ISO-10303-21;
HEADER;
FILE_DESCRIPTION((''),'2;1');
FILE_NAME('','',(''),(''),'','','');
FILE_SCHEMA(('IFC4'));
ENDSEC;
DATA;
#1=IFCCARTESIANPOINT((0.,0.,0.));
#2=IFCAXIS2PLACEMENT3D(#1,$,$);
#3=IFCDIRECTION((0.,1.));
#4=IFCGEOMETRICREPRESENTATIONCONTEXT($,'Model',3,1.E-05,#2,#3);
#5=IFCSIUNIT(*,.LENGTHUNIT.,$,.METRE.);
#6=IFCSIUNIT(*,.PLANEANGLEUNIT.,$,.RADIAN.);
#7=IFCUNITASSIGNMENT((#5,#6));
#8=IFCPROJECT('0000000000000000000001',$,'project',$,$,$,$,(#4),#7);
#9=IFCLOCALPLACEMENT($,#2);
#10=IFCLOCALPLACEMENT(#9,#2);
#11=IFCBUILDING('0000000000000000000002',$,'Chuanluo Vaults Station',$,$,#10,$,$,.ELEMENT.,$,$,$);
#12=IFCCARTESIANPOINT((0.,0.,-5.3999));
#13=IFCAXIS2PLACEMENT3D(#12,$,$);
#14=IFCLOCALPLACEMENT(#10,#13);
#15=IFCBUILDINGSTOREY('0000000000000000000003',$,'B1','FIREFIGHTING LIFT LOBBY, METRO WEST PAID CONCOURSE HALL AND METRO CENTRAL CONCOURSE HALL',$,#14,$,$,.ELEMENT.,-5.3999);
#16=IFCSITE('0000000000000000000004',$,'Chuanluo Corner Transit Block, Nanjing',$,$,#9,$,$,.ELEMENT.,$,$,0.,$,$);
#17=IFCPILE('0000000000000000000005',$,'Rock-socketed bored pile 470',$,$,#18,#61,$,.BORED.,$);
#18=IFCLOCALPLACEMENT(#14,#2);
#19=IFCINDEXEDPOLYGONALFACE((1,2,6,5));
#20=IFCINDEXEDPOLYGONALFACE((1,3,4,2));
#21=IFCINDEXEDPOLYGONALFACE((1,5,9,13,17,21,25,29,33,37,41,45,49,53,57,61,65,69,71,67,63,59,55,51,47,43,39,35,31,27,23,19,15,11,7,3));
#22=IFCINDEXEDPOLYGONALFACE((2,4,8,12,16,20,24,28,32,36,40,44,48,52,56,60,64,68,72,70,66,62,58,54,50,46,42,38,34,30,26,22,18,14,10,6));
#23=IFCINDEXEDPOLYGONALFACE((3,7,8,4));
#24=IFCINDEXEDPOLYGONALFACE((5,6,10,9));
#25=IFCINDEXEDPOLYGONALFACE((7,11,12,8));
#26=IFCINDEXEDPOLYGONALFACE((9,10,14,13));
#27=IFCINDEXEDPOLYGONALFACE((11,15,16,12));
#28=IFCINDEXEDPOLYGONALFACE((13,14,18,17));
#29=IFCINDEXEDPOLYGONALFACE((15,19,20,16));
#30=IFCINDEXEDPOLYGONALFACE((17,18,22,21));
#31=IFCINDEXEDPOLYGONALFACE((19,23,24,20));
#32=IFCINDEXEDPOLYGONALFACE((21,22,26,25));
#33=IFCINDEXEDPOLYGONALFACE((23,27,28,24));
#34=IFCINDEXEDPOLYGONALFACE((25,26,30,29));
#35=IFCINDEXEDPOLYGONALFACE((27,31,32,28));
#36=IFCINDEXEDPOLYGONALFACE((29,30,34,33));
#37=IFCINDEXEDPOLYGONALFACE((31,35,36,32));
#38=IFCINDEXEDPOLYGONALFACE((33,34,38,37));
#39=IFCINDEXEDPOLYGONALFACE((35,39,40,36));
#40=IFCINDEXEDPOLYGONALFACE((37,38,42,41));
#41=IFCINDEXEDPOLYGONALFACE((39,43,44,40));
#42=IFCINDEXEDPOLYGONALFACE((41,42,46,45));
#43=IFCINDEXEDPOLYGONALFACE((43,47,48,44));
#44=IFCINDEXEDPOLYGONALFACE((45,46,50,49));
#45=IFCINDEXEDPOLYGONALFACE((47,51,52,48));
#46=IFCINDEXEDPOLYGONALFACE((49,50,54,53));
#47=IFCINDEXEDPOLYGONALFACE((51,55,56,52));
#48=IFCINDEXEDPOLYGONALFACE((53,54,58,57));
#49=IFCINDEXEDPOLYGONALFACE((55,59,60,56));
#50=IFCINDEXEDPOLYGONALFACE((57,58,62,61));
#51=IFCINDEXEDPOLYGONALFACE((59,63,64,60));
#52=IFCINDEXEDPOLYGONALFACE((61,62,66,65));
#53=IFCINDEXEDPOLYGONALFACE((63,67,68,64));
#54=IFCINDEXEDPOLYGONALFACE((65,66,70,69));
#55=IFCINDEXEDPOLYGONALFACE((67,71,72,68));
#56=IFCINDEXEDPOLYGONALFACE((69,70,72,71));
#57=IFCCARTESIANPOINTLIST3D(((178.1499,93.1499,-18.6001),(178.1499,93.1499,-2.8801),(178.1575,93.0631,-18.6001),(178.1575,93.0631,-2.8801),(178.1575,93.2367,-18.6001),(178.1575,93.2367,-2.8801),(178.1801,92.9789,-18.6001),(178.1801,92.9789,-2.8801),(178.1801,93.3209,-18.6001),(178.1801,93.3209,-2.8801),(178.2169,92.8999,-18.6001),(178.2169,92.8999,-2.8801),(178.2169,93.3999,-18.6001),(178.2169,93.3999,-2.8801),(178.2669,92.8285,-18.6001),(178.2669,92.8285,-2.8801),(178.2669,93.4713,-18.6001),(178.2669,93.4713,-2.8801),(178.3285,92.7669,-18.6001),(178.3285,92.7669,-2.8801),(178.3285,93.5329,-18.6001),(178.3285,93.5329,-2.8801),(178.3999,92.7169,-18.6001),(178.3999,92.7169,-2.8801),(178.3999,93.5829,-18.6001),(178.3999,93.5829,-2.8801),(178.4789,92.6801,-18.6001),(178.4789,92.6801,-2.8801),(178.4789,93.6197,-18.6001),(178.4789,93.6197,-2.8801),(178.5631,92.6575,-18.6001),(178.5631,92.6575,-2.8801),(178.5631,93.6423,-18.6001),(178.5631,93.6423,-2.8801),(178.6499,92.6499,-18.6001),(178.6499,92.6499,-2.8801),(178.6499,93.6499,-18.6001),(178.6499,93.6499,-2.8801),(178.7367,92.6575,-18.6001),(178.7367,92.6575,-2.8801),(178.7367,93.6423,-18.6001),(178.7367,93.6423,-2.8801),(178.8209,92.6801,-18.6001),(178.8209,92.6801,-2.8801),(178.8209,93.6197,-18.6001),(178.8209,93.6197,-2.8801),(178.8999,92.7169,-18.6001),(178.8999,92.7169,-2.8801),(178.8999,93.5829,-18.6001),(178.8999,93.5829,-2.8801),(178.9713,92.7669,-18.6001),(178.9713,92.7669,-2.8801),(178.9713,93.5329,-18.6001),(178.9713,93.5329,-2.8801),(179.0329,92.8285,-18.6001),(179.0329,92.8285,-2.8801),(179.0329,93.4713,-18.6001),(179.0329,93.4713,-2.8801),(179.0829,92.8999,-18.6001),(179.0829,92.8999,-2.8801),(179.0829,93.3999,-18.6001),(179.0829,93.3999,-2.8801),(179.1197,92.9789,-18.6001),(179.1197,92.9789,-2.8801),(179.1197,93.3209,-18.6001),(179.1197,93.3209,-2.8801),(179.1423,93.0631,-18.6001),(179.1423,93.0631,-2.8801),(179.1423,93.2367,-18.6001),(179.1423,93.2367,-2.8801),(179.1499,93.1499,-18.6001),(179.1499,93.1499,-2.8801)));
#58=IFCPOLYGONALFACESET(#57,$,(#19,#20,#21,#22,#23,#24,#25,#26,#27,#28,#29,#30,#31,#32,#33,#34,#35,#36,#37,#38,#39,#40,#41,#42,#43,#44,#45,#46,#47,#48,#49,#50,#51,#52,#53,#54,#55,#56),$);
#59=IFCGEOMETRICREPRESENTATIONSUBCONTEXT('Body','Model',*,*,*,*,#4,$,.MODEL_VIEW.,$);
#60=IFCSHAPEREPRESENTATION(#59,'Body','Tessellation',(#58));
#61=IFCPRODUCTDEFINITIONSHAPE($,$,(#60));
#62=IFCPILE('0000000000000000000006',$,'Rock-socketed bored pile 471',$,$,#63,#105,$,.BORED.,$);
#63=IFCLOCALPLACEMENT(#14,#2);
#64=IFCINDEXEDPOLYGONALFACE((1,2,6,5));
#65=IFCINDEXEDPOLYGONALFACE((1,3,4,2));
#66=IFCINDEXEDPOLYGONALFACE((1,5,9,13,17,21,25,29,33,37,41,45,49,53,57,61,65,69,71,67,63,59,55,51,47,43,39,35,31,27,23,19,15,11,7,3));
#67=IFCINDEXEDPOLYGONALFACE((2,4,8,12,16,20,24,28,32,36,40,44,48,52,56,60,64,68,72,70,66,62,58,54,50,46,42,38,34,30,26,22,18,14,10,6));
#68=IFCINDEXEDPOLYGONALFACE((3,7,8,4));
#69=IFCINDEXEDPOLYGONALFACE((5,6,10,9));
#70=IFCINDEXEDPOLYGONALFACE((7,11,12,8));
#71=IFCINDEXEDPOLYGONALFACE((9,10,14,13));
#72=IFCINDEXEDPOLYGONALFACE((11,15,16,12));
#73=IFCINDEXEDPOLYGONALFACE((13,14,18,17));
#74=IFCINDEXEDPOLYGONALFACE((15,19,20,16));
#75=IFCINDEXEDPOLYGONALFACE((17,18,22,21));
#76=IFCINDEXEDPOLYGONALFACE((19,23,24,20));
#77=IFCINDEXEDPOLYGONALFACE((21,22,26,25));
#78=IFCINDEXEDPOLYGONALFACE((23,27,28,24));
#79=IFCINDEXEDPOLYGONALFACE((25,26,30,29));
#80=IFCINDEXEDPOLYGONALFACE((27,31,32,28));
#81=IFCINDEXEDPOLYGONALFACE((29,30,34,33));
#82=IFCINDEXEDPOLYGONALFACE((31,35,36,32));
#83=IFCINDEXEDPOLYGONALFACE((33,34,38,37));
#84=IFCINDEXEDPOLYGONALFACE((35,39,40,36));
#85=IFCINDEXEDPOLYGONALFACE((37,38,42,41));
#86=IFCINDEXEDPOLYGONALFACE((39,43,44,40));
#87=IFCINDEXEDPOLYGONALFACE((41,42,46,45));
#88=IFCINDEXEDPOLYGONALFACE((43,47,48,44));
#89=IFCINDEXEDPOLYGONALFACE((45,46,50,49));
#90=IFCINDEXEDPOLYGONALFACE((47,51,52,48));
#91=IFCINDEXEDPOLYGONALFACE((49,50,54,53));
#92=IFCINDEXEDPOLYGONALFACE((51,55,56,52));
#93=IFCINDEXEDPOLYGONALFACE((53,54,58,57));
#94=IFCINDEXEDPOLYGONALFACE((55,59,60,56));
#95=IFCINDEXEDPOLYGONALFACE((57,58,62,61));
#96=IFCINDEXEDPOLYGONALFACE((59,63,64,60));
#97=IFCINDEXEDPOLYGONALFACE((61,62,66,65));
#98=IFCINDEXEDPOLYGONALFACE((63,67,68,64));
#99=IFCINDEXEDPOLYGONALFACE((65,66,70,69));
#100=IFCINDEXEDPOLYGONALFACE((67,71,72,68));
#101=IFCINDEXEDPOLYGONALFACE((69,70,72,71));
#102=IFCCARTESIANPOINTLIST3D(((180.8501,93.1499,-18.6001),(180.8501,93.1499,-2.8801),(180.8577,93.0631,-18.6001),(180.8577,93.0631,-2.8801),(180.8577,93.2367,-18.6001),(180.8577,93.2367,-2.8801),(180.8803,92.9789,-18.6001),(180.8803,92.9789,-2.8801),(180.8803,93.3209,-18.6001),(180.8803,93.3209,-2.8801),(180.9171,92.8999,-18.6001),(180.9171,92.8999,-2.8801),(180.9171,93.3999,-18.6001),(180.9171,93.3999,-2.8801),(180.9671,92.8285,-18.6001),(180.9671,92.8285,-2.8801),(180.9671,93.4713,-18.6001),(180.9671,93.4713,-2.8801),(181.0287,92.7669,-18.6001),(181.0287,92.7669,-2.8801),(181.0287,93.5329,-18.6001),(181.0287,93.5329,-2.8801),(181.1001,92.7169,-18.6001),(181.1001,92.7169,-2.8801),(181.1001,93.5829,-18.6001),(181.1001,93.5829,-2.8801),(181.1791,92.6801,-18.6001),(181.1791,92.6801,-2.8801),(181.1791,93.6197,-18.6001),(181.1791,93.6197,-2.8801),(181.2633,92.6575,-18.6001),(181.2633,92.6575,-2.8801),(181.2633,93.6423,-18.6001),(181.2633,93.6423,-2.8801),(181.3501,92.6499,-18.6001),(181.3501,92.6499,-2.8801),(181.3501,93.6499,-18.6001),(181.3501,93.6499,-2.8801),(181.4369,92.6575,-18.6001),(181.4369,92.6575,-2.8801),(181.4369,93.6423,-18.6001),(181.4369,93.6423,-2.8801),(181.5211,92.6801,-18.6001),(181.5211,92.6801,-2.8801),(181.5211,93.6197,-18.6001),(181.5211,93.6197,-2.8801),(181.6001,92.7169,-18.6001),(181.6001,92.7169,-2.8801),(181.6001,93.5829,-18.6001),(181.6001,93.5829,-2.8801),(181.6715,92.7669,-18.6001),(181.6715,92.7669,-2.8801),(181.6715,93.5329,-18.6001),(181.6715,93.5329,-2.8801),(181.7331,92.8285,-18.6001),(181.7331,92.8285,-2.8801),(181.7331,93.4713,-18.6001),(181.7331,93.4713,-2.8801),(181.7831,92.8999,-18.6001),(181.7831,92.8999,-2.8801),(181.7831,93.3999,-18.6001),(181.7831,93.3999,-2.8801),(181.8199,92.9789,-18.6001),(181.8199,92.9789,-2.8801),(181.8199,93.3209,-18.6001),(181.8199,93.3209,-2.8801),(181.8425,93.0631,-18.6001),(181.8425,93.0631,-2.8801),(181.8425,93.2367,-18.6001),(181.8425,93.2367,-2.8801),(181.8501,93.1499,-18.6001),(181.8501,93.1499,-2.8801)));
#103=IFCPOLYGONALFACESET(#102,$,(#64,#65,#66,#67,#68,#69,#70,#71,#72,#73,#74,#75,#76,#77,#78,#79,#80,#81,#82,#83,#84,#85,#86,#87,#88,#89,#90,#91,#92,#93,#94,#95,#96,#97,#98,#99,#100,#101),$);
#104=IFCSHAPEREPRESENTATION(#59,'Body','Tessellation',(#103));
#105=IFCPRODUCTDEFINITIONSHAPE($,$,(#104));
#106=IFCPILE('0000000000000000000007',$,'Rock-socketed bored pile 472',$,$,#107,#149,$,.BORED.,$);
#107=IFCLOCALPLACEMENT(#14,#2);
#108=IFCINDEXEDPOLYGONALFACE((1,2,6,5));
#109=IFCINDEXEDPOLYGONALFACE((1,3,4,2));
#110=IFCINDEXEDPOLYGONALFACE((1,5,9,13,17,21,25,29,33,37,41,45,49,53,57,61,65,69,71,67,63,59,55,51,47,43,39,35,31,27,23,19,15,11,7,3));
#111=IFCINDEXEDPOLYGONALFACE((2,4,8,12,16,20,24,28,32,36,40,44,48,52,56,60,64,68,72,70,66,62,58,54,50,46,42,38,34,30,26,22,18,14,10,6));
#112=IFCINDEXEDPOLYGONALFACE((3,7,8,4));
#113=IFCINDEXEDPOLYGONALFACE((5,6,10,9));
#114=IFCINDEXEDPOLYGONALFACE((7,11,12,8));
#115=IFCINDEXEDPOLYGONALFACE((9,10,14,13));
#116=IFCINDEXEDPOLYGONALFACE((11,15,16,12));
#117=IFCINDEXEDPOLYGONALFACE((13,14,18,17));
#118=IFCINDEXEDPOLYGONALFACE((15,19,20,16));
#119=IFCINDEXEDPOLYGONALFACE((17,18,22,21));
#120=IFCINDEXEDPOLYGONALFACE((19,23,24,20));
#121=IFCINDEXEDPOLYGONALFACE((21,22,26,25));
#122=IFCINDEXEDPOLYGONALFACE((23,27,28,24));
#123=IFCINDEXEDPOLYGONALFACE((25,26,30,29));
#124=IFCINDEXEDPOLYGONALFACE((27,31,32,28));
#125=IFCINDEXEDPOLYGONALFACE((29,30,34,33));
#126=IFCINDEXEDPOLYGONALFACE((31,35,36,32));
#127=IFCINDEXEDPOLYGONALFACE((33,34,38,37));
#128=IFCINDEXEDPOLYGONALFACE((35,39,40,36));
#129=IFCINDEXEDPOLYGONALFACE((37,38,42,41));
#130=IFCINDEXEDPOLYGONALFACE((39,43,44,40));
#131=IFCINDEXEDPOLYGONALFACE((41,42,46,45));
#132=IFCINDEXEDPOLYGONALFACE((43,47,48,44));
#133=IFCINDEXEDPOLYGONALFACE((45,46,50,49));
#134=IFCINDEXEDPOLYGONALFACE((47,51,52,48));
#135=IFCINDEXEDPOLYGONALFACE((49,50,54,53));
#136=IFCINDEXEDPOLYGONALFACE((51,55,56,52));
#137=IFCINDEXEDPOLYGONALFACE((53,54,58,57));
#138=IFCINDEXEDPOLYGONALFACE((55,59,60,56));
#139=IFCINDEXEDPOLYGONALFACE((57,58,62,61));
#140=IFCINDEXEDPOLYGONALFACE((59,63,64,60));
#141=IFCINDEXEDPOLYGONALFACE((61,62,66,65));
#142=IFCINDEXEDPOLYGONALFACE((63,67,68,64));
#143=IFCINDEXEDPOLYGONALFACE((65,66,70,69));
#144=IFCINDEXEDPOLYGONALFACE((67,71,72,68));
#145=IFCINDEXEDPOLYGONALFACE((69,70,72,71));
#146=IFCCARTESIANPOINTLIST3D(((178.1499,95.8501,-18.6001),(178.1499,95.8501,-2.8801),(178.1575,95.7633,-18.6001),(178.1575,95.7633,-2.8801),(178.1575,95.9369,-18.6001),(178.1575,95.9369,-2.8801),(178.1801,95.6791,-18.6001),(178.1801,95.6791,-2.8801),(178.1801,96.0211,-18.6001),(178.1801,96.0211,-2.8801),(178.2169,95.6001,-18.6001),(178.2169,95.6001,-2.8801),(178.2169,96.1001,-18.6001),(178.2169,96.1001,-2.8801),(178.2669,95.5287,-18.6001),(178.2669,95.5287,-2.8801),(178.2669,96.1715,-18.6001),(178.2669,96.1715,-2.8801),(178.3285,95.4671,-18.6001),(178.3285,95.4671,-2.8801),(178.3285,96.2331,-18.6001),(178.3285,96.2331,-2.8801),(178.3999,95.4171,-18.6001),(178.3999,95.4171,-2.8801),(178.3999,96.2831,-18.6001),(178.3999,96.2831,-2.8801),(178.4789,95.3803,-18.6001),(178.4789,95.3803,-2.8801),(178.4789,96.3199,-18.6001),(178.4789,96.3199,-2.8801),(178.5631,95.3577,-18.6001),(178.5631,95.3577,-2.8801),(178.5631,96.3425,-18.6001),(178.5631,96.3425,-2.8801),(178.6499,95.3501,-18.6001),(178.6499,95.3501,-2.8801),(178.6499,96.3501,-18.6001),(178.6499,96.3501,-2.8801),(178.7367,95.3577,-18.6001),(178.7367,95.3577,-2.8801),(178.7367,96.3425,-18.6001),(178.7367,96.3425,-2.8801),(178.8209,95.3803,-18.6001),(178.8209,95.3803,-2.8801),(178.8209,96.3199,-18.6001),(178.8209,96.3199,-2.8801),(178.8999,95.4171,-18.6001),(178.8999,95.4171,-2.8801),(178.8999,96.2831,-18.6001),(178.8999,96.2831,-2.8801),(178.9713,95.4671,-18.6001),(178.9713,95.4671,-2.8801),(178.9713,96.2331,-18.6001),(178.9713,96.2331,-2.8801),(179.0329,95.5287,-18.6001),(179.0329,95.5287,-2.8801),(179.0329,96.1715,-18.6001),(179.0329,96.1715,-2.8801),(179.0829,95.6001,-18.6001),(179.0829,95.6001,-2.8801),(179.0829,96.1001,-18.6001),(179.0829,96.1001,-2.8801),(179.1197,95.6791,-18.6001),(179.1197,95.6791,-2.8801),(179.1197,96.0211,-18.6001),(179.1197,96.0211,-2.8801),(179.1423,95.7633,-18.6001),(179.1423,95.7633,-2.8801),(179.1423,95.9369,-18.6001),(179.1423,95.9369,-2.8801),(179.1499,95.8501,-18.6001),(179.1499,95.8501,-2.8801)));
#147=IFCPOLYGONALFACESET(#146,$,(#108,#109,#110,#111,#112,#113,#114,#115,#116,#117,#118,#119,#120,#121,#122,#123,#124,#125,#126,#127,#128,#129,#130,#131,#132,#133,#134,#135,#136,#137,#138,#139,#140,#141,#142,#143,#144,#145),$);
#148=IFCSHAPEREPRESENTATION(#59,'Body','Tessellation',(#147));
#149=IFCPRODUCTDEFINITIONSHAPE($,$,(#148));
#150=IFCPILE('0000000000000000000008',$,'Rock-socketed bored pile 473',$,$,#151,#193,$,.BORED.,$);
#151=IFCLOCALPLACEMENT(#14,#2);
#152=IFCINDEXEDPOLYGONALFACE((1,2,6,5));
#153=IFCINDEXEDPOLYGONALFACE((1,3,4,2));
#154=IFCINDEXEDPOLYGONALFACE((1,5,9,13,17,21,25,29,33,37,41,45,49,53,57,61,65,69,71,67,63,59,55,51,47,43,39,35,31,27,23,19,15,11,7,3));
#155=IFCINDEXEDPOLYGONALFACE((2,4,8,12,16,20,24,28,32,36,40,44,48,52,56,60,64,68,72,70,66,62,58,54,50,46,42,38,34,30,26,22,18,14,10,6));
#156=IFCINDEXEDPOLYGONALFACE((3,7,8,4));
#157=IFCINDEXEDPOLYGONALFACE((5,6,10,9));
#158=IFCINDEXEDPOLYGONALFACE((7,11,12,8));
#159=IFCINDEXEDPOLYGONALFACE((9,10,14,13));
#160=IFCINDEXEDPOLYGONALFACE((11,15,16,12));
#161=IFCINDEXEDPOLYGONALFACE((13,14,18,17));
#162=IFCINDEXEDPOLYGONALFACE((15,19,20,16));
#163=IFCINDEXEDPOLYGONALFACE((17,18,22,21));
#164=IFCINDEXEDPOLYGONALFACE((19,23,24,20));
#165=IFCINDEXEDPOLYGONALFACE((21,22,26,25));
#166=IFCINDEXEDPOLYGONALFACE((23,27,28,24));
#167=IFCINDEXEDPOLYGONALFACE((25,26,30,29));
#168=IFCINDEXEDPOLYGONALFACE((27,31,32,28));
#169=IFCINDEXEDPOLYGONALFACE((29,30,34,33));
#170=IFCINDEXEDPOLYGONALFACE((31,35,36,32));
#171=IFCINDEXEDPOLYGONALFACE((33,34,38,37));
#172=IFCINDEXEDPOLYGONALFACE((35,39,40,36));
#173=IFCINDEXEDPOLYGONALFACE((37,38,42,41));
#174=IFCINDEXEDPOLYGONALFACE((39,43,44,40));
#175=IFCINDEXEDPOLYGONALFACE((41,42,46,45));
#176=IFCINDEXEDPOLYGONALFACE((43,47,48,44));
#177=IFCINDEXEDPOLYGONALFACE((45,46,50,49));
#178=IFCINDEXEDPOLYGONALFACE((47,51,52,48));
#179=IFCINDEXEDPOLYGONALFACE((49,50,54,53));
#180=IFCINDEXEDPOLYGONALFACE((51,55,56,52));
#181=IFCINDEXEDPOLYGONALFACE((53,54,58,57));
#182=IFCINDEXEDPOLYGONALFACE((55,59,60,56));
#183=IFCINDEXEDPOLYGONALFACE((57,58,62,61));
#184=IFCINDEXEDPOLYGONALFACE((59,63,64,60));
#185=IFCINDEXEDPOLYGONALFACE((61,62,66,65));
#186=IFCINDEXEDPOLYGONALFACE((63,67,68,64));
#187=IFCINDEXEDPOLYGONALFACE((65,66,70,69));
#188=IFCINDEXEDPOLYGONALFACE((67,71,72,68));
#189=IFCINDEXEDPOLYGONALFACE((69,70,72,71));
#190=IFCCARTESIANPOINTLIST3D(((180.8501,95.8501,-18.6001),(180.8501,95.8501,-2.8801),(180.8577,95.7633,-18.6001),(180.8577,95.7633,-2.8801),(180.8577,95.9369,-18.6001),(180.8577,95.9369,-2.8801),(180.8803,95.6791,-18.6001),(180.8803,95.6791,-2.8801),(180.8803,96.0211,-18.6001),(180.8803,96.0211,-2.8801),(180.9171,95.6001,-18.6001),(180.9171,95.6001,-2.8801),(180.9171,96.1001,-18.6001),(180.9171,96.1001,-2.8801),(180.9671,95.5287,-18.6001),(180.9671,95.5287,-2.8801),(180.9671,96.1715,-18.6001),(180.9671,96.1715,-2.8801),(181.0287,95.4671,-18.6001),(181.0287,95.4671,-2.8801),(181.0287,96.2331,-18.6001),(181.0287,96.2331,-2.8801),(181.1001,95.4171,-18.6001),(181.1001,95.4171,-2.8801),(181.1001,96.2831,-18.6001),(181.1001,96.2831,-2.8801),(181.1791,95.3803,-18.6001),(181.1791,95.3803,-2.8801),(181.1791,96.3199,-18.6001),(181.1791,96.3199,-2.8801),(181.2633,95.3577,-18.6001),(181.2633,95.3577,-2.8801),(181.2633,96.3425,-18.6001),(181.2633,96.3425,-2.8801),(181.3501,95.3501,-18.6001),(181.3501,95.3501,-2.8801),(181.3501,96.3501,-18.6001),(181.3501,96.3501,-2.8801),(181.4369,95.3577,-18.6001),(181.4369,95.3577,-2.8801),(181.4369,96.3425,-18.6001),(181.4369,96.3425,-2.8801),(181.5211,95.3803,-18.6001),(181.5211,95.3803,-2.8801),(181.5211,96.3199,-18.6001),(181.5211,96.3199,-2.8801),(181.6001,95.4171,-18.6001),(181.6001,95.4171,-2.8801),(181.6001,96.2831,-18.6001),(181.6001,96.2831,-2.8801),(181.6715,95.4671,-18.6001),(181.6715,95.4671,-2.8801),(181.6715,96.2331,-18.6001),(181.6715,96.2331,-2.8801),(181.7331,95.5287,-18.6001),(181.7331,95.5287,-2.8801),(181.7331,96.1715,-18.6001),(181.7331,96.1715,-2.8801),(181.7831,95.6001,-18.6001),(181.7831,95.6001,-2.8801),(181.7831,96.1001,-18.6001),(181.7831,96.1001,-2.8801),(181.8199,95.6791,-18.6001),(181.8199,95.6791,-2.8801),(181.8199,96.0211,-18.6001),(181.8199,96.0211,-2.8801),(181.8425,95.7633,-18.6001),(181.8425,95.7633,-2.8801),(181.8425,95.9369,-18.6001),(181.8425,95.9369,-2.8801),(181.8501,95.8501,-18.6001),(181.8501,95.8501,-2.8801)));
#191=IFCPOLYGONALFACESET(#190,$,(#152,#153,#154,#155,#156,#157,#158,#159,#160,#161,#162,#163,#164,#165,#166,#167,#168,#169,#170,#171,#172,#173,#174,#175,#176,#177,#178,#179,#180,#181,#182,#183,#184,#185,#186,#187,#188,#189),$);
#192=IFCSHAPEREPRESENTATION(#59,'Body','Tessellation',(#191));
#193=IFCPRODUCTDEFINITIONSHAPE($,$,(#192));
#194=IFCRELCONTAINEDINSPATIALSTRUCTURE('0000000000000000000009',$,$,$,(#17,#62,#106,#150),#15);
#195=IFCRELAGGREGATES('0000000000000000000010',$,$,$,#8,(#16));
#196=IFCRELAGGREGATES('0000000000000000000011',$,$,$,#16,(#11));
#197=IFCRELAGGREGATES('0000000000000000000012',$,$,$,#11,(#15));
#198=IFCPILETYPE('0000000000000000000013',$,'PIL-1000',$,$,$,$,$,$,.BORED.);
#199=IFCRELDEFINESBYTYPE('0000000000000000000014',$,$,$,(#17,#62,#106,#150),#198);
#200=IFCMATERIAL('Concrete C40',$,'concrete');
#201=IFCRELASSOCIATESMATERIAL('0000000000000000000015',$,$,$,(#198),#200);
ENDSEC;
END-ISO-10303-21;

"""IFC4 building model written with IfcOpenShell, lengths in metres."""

from ifc_helpers import new_model, si_unit, direction, frame, origin, origin_2d, place, context, subcontext, project, spatial, circle, extrude, material, material_profile, profile_set, type_object, element, save


model = new_model("IFC4")

# Units and contexts
model_context = context("Model", 3, precision=1e-05, world=origin(), true_north=direction((0.0, 1.0)))
body_context = subcontext(model_context, "Body", "Model", "MODEL_VIEW")
ifc_project = project(units=[si_unit("LENGTHUNIT", "METRE"), si_unit("PLANEANGLEUNIT", "RADIAN")], contexts=[model_context])

# Site, building, storey
site_placement = place(None, origin())
site = spatial("IfcSite", under=ifc_project, at=site_placement, Name="Chuanluo Corner Transit Block, Nanjing", CompositionType="ELEMENT", RefElevation=0.0)
building_placement = place(site_placement, origin())
building = spatial("IfcBuilding", under=site, at=building_placement, Name="Chuanluo Vaults Station", CompositionType="ELEMENT")
storey_placement = place(building_placement, frame((0.0, 0.0, -5.3999)))
storey = spatial("IfcBuildingStorey", under=building, at=storey_placement, Name="B1", Description="FIREFIGHTING LIFT LOBBY, METRO WEST PAID CONCOURSE HALL AND METRO CENTRAL CONCOURSE HALL", CompositionType="ELEMENT", Elevation=-5.3999)

# Piles
ifc_material_1 = material(Name="Concrete C40", Category="concrete")
ifc_material_profile_1 = material_profile(ifc_material_1, circle(Radius=0.5, at=origin_2d()))
ifc_profile_set_1 = profile_set([ifc_material_profile_1], Name="Concrete C40")
pile_type_1 = type_object("IfcPileType", Name="PIL-1000", PredefinedType="BORED", material=ifc_profile_set_1)
for number, where, z_axis, x_axis, name in (
    (1, (178.6499, 93.1499, -2.8801), (0.0, 0.0, -1.0), (1.0, 0.0, 0.0), "Rock-socketed bored pile 470"),
    (2, (181.3501, 93.1499, -2.8801), (0.0, 0.0, -1.0), (1.0, 0.0, 0.0), "Rock-socketed bored pile 471"),
    (3, (178.6499, 95.8501, -2.8801), (0.0, 0.0, -1.0), (1.0, 0.0, 0.0), "Rock-socketed bored pile 472"),
    (4, (181.3501, 95.8501, -2.8801), (0.0, 0.0, -1.0), (1.0, 0.0, 0.0), "Rock-socketed bored pile 473"),
):
    element("IfcPile", number, at=place(storey_placement, frame(where, z_axis=z_axis, x_axis=x_axis)), inside=storey, type_object=pile_type_1, Name=name, PredefinedType="BORED", context=body_context, shape_type="SweptSolid", body=[
        extrude(circle(Radius=0.5, at=origin_2d()), origin(), (0.0, 0.0, 1.0), 15.72),
    ])

save(model, "model.ifc")
